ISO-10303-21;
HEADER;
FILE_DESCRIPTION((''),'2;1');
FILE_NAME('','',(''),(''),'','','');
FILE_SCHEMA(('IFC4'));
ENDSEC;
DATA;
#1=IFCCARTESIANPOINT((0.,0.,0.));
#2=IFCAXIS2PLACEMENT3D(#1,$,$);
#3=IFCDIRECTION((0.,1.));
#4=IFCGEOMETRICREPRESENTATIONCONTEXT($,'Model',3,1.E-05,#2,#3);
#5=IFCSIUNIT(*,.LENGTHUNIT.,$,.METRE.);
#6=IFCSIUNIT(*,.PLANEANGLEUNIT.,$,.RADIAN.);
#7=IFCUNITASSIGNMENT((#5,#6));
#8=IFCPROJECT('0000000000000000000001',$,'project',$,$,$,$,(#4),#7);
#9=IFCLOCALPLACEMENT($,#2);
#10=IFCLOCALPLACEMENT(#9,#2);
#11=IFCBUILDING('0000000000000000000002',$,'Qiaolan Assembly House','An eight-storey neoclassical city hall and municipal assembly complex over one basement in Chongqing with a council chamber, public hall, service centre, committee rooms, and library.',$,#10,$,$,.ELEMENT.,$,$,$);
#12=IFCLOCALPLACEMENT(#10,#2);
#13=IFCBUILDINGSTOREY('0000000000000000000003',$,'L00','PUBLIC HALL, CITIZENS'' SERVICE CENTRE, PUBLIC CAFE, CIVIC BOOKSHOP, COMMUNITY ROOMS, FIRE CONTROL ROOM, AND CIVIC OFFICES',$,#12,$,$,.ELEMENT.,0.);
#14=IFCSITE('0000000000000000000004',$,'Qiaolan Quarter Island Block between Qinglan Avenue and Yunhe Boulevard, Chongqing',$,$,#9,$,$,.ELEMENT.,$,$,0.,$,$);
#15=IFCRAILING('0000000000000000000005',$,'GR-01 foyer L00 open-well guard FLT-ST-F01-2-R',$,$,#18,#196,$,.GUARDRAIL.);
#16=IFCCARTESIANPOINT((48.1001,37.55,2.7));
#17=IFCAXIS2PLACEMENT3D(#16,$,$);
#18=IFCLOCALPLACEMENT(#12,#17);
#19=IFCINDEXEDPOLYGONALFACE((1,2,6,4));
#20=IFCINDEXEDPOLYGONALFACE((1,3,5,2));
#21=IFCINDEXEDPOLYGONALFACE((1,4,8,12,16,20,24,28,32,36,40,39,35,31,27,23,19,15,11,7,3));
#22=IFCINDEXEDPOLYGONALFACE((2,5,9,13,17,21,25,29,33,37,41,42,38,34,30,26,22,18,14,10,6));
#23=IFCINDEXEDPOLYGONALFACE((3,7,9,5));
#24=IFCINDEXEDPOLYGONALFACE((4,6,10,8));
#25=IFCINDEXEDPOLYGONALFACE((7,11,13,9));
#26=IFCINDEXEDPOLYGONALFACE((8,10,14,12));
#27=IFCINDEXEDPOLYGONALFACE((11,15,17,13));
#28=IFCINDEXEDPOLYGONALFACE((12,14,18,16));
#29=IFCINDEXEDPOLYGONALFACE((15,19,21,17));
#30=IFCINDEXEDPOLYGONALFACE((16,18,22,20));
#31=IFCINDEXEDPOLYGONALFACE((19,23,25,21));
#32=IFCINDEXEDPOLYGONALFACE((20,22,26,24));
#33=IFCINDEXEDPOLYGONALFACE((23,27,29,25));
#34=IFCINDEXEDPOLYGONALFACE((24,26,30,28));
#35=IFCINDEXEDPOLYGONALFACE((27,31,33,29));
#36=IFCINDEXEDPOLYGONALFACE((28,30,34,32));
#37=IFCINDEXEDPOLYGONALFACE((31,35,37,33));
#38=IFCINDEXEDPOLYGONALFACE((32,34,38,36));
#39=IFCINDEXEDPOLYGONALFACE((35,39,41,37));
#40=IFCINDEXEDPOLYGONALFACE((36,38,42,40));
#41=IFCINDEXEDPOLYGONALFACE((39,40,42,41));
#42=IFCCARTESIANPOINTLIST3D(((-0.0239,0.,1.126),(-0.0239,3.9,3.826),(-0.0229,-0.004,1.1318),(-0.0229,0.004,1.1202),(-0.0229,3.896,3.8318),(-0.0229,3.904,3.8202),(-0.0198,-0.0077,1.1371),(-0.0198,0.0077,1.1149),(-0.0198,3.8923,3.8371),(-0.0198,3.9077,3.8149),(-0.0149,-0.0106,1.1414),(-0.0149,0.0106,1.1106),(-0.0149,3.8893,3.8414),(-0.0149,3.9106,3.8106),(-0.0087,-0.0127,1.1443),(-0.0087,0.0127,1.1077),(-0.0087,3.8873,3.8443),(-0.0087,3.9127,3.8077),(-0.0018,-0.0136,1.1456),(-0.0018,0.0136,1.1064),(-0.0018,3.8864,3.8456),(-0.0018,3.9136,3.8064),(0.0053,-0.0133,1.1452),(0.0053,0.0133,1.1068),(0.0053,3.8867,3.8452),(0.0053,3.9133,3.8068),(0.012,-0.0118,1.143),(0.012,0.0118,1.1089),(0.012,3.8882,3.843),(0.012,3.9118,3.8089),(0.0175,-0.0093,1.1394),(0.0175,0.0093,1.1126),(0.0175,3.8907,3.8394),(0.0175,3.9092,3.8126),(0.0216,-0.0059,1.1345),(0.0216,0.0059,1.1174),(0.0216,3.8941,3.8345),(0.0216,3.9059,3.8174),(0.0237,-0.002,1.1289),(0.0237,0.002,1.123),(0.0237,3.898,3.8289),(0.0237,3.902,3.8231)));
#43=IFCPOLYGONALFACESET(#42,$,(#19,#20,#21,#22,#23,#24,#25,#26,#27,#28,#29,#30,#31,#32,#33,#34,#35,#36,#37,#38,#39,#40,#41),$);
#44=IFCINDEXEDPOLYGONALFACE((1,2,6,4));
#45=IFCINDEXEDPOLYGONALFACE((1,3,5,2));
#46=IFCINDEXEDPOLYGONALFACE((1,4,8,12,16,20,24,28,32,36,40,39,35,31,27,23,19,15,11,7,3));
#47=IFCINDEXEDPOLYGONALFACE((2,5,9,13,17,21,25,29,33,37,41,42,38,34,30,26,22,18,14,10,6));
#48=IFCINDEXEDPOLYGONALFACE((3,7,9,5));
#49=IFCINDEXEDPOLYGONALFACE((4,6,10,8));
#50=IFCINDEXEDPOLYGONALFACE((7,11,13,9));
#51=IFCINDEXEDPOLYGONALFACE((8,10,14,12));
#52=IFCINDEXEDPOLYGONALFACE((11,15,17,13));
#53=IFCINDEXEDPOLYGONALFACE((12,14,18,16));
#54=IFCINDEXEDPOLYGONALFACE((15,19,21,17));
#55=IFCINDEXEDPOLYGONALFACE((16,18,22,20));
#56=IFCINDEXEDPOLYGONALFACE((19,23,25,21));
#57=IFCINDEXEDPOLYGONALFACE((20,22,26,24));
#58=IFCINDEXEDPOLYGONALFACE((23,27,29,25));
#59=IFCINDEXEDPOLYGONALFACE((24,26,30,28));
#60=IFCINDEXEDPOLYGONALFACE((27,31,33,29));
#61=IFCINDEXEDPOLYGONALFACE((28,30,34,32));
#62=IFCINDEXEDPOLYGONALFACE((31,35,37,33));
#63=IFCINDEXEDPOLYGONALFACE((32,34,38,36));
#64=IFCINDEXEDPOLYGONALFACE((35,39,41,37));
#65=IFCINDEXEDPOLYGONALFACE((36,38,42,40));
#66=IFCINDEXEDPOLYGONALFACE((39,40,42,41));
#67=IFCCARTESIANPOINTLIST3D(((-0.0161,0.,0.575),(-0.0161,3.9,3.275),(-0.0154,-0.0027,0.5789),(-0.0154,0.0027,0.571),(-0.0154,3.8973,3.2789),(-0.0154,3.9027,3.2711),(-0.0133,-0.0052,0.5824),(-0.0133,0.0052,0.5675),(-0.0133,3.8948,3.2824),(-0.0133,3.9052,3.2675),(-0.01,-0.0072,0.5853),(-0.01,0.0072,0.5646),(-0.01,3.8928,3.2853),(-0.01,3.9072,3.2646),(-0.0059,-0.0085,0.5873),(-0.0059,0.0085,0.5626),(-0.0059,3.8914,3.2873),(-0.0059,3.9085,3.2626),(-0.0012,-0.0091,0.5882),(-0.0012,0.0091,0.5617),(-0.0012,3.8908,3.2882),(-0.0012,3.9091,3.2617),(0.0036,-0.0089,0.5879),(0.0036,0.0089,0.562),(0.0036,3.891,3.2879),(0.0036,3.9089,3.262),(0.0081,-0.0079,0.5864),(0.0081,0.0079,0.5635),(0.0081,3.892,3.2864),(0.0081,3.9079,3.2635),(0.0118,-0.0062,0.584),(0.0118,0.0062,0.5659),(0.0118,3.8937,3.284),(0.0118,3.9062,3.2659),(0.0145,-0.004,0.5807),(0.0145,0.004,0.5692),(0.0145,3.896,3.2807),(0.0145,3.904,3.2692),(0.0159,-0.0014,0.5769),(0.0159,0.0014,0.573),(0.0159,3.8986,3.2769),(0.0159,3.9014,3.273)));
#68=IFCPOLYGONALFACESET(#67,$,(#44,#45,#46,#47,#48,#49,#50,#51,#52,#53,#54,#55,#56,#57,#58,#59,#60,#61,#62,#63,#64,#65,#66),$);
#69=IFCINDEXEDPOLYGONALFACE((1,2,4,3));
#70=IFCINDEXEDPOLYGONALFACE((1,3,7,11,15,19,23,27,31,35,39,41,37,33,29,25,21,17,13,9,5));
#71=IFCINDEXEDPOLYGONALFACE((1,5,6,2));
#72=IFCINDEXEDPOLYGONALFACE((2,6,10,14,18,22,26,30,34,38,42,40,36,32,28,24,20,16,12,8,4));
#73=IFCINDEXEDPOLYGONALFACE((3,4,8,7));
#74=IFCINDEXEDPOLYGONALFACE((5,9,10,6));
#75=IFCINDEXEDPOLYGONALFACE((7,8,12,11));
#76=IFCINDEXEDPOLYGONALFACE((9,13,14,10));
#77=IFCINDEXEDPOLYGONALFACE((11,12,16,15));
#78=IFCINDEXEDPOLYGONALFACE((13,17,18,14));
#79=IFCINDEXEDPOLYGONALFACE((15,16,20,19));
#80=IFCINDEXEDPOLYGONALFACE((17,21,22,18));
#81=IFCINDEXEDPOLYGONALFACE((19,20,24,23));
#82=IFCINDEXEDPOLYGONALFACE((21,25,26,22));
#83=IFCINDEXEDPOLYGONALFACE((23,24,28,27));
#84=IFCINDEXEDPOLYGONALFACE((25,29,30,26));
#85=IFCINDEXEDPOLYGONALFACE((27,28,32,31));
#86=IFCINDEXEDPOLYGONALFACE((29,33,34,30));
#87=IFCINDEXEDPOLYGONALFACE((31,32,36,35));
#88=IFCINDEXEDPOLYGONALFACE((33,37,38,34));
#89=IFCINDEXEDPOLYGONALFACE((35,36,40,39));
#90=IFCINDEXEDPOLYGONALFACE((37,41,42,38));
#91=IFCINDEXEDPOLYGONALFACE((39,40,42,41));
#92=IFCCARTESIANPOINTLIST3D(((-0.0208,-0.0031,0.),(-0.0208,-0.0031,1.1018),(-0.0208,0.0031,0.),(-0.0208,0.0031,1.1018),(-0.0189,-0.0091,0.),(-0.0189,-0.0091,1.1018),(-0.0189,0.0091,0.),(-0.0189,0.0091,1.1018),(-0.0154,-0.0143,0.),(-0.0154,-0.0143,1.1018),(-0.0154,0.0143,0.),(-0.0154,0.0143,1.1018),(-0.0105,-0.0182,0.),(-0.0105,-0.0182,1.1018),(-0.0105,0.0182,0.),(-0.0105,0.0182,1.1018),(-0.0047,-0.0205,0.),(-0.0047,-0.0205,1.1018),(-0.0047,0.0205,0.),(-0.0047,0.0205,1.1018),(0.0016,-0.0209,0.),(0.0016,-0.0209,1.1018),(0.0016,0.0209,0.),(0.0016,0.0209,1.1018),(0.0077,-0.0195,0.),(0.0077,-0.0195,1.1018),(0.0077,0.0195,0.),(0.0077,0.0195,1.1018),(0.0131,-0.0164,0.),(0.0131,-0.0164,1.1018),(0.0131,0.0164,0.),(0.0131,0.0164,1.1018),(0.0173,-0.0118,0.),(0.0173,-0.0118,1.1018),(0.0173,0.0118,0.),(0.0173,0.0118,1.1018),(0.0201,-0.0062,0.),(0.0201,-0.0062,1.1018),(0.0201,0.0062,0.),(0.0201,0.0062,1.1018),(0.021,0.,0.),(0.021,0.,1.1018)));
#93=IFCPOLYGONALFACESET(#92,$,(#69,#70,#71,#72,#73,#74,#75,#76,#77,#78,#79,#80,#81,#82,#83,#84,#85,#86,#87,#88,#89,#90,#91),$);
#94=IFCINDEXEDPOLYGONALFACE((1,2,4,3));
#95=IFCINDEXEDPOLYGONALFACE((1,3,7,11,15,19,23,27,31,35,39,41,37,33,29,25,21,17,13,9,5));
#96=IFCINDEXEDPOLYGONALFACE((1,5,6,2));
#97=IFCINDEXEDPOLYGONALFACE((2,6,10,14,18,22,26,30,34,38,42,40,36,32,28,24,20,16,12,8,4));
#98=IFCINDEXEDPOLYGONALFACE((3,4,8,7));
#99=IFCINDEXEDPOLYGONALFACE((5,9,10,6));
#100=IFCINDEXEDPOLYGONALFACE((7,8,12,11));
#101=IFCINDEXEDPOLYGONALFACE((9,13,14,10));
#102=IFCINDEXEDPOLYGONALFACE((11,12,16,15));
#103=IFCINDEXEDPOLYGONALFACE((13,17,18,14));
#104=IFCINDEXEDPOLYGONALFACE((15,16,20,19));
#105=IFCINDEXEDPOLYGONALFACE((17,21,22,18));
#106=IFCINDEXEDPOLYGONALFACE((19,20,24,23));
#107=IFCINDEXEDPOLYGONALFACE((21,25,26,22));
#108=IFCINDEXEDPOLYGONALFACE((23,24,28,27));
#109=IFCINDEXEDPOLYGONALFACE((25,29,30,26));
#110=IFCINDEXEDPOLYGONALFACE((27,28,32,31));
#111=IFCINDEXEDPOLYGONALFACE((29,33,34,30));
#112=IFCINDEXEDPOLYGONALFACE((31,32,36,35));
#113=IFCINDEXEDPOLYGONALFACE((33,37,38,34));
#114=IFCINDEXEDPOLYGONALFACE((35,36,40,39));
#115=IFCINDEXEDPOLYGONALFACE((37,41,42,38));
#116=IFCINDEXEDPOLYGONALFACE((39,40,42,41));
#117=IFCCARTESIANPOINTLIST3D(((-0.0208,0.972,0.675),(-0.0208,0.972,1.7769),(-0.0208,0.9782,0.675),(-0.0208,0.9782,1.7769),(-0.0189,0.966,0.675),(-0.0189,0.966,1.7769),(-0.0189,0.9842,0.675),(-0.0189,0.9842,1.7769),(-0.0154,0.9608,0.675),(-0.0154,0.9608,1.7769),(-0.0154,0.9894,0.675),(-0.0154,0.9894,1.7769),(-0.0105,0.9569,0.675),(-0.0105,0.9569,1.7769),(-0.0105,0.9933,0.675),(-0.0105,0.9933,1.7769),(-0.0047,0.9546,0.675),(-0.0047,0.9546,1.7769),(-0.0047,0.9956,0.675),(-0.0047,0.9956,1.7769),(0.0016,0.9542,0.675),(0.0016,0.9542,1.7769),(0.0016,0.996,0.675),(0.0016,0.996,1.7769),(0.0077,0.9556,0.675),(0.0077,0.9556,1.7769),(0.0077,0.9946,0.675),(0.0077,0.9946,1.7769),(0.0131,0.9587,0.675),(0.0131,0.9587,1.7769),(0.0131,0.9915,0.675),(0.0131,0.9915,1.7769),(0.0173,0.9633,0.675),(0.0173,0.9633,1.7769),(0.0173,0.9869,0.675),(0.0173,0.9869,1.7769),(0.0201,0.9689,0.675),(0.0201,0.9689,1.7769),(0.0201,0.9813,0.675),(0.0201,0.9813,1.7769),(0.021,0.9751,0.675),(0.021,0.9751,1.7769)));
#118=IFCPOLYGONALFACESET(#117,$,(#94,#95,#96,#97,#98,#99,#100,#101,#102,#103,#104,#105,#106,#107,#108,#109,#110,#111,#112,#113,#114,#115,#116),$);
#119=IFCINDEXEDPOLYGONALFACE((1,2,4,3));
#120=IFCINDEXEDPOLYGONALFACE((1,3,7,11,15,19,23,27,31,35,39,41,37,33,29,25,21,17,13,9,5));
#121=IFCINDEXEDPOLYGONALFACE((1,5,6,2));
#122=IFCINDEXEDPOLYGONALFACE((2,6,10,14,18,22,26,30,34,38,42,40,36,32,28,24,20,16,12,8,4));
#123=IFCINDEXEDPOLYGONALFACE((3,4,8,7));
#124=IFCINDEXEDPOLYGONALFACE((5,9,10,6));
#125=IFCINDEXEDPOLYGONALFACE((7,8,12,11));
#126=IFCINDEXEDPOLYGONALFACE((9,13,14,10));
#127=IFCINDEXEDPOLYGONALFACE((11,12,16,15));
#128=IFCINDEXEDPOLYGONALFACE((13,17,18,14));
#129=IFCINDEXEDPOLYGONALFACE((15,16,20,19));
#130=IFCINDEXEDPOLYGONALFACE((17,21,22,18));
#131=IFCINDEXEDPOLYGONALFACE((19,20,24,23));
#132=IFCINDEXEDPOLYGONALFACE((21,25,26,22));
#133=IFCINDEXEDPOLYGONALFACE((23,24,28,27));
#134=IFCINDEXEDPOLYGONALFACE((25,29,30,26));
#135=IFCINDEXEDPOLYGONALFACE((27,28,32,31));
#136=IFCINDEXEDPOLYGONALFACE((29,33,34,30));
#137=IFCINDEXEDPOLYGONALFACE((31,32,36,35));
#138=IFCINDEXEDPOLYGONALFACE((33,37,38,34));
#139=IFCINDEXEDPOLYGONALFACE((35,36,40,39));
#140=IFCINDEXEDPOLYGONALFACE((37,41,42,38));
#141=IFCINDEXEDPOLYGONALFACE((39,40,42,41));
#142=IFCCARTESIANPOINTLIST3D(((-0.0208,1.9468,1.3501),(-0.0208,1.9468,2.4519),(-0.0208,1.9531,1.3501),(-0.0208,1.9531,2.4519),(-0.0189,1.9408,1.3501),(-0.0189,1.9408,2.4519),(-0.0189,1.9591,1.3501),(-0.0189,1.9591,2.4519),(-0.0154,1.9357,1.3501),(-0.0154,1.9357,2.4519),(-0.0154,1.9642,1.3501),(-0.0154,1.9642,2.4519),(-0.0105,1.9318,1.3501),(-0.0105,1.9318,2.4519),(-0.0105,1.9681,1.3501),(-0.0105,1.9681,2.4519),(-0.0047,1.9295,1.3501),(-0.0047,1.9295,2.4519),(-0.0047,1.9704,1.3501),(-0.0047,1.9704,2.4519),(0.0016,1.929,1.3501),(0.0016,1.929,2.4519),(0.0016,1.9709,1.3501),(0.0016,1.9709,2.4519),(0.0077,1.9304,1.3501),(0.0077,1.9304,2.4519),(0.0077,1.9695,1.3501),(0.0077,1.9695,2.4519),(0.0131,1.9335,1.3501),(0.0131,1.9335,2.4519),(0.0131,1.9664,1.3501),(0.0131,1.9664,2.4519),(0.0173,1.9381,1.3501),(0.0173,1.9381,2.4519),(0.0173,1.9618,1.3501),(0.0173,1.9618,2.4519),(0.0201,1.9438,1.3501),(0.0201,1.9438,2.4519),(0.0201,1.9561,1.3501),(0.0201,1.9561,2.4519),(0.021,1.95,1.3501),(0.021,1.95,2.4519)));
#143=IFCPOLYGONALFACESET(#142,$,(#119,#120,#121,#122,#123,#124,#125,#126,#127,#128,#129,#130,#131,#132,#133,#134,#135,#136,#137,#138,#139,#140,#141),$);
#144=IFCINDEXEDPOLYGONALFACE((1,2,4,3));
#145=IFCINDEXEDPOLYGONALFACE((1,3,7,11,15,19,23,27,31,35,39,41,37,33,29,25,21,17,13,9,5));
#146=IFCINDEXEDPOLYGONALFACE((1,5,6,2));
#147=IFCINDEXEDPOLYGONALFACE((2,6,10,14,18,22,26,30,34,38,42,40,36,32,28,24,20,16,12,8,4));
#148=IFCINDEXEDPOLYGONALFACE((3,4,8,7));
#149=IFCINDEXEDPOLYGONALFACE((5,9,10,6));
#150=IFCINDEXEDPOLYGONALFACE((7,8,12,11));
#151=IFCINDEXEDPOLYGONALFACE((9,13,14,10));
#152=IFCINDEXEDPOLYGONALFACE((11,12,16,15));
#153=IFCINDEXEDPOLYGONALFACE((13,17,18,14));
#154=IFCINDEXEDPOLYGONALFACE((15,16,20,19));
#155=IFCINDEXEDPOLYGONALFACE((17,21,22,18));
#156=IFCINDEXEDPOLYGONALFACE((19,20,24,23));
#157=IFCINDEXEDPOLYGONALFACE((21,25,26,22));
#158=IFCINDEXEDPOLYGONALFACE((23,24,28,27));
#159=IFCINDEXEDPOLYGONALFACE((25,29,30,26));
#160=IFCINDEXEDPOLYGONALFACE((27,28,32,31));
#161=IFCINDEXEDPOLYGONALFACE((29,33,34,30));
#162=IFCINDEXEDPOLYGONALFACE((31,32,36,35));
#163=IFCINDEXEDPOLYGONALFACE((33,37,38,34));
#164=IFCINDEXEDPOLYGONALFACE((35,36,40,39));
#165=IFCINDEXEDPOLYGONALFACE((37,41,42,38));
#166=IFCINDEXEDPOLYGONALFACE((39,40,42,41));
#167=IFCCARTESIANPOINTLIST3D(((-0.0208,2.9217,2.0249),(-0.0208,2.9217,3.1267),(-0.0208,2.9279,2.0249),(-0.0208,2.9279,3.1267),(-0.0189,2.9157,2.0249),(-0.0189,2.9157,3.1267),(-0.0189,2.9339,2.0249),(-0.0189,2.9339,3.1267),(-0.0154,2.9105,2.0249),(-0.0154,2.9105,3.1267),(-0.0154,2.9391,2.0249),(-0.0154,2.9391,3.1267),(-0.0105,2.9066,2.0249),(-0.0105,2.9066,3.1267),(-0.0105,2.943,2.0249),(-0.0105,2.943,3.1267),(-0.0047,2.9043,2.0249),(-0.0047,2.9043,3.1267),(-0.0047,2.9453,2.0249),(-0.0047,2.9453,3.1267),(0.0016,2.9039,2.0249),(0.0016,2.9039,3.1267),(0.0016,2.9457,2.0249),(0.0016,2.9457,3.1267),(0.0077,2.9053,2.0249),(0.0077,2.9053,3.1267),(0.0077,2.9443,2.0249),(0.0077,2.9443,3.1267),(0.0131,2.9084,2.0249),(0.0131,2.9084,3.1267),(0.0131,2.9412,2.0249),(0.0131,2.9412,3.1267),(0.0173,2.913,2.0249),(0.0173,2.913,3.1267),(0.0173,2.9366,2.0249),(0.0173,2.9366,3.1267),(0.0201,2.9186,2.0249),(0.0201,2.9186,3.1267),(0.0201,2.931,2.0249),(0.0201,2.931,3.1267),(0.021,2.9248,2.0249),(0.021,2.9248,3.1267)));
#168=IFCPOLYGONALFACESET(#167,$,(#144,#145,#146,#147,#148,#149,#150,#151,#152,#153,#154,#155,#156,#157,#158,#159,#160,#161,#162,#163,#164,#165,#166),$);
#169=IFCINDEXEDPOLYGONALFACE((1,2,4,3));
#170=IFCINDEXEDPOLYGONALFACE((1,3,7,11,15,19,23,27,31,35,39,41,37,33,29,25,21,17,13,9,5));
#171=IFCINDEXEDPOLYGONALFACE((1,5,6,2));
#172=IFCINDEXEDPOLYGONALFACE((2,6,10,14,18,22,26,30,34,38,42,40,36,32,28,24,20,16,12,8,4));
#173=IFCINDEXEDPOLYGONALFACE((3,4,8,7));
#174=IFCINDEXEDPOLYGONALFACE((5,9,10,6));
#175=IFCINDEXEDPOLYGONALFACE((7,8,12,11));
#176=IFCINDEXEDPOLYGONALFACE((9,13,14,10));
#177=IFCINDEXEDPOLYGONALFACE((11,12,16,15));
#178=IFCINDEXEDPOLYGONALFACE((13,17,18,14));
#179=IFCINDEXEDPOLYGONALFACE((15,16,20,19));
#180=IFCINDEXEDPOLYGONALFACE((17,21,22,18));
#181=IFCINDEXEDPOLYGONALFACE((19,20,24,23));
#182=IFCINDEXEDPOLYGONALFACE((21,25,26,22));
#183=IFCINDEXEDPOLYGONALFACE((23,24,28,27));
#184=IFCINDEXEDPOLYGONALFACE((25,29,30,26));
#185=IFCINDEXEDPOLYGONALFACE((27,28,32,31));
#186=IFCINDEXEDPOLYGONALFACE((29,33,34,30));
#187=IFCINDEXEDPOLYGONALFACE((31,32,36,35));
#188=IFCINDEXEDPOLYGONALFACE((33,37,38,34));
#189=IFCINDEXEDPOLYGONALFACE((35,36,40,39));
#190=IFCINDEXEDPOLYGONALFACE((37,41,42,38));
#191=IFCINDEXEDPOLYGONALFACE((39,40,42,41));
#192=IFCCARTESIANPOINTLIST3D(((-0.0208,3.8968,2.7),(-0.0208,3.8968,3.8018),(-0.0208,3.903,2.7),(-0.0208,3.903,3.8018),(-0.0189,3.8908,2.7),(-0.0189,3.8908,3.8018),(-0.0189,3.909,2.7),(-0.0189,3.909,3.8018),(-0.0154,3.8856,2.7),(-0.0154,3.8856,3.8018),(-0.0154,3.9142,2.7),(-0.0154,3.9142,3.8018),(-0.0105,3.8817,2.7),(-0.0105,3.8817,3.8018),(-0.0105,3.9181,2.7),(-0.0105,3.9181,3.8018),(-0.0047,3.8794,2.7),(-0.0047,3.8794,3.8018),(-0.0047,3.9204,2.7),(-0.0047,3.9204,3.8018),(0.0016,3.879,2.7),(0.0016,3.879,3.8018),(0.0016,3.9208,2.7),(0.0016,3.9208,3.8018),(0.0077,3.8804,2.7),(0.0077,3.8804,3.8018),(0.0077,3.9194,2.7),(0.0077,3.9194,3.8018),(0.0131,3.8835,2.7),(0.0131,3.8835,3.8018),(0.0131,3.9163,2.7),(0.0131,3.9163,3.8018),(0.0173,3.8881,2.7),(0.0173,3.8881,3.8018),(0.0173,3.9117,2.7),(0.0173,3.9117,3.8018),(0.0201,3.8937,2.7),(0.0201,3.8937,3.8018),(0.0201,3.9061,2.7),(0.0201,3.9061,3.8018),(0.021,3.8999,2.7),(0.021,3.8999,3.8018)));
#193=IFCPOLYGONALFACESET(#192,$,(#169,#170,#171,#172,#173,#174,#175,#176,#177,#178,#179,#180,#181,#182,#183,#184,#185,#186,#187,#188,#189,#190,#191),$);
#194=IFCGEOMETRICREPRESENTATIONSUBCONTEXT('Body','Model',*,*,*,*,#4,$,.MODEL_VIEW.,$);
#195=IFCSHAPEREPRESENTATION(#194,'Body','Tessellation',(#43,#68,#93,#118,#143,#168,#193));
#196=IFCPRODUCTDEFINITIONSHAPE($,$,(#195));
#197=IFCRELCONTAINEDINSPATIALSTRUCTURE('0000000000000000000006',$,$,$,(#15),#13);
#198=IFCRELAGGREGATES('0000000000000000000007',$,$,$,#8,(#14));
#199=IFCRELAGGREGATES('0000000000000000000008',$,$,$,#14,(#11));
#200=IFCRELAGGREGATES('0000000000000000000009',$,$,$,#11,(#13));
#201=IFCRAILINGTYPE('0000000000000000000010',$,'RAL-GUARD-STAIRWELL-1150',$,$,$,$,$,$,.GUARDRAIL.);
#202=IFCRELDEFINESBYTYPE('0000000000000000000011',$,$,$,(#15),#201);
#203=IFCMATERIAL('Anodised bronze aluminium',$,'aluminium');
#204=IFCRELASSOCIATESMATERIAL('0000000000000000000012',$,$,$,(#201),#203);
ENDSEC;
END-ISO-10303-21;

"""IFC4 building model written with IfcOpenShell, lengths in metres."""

from ifc_helpers import new_model, si_unit, direction, frame, origin, origin_2d, place, context, subcontext, project, spatial, circle, extrude, material, type_object, element, save


model = new_model("IFC4")

# Units and contexts
model_context = context("Model", 3, precision=1e-05, world=origin(), true_north=direction((0.0, 1.0)))
body_context = subcontext(model_context, "Body", "Model", "MODEL_VIEW")
ifc_project = project(units=[si_unit("LENGTHUNIT", "METRE"), si_unit("PLANEANGLEUNIT", "RADIAN")], contexts=[model_context])

# Site, building, storey
site_placement = place(None, origin())
site = spatial("IfcSite", under=ifc_project, at=site_placement, Name="Qiaolan Quarter Island Block between Qinglan Avenue and Yunhe Boulevard, Chongqing", CompositionType="ELEMENT", RefElevation=0.0)
building_placement = place(site_placement, origin())
building = spatial("IfcBuilding", under=site, at=building_placement, Name="Qiaolan Assembly House", Description="An eight-storey neoclassical city hall and municipal assembly complex over one basement in Chongqing with a council chamber, public hall, service centre, committee rooms, and library.", CompositionType="ELEMENT")
storey_placement = place(building_placement, origin())
storey = spatial("IfcBuildingStorey", under=building, at=storey_placement, Name="L00", Description="PUBLIC HALL, CITIZENS' SERVICE CENTRE, PUBLIC CAFE, CIVIC BOOKSHOP, COMMUNITY ROOMS, FIRE CONTROL ROOM, AND CIVIC OFFICES", CompositionType="ELEMENT", Elevation=0.0)

# Shared definitions
ifc_material_1 = material(Name="Anodised bronze aluminium", Category="aluminium")

# Railing
railing_type = type_object("IfcRailingType", Name="RAL-GUARD-STAIRWELL-1150", PredefinedType="GUARDRAIL", material=ifc_material_1)
railing_1_placement = place(storey_placement, frame((48.1001, 37.55, 2.7)))
element("IfcRailing", 1, at=railing_1_placement, inside=storey, type_object=railing_type, Name="GR-01 foyer L00 open-well guard FLT-ST-F01-2-R", PredefinedType="GUARDRAIL", context=body_context, shape_type="SweptSolid", body=[
    extrude(circle(Radius=0.0239, at=origin_2d()), frame((0.0, 0.0, 1.126), z_axis=(0.0, 0.82219, 0.569213), x_axis=(-1.0, 0.0, 0.0)), (0.0, 0.0, 1.0), 4.7434),
    extrude(circle(Radius=0.0161, at=origin_2d()), frame((0.0, 0.0, 0.575), z_axis=(0.0, 0.82219, 0.569213), x_axis=(-1.0, 0.0, 0.0)), (0.0, 0.0, 1.0), 4.7434),
    extrude(circle(Radius=0.021, at=origin_2d()), origin(), (0.0, 0.0, 1.0), 1.1018),
    extrude(circle(Radius=0.021, at=origin_2d()), frame((0.0, 0.9751, 0.675)), (0.0, 0.0, 1.0), 1.1018),
    extrude(circle(Radius=0.021, at=origin_2d()), frame((0.0, 1.95, 1.3501)), (0.0, 0.0, 1.0), 1.1018),
    extrude(circle(Radius=0.021, at=origin_2d()), frame((0.0, 2.9248, 2.0249)), (0.0, 0.0, 1.0), 1.1018),
    extrude(circle(Radius=0.021, at=origin_2d()), frame((0.0, 3.8999, 2.7)), (0.0, 0.0, 1.0), 1.1018),
])

save(model, "model.ifc")
